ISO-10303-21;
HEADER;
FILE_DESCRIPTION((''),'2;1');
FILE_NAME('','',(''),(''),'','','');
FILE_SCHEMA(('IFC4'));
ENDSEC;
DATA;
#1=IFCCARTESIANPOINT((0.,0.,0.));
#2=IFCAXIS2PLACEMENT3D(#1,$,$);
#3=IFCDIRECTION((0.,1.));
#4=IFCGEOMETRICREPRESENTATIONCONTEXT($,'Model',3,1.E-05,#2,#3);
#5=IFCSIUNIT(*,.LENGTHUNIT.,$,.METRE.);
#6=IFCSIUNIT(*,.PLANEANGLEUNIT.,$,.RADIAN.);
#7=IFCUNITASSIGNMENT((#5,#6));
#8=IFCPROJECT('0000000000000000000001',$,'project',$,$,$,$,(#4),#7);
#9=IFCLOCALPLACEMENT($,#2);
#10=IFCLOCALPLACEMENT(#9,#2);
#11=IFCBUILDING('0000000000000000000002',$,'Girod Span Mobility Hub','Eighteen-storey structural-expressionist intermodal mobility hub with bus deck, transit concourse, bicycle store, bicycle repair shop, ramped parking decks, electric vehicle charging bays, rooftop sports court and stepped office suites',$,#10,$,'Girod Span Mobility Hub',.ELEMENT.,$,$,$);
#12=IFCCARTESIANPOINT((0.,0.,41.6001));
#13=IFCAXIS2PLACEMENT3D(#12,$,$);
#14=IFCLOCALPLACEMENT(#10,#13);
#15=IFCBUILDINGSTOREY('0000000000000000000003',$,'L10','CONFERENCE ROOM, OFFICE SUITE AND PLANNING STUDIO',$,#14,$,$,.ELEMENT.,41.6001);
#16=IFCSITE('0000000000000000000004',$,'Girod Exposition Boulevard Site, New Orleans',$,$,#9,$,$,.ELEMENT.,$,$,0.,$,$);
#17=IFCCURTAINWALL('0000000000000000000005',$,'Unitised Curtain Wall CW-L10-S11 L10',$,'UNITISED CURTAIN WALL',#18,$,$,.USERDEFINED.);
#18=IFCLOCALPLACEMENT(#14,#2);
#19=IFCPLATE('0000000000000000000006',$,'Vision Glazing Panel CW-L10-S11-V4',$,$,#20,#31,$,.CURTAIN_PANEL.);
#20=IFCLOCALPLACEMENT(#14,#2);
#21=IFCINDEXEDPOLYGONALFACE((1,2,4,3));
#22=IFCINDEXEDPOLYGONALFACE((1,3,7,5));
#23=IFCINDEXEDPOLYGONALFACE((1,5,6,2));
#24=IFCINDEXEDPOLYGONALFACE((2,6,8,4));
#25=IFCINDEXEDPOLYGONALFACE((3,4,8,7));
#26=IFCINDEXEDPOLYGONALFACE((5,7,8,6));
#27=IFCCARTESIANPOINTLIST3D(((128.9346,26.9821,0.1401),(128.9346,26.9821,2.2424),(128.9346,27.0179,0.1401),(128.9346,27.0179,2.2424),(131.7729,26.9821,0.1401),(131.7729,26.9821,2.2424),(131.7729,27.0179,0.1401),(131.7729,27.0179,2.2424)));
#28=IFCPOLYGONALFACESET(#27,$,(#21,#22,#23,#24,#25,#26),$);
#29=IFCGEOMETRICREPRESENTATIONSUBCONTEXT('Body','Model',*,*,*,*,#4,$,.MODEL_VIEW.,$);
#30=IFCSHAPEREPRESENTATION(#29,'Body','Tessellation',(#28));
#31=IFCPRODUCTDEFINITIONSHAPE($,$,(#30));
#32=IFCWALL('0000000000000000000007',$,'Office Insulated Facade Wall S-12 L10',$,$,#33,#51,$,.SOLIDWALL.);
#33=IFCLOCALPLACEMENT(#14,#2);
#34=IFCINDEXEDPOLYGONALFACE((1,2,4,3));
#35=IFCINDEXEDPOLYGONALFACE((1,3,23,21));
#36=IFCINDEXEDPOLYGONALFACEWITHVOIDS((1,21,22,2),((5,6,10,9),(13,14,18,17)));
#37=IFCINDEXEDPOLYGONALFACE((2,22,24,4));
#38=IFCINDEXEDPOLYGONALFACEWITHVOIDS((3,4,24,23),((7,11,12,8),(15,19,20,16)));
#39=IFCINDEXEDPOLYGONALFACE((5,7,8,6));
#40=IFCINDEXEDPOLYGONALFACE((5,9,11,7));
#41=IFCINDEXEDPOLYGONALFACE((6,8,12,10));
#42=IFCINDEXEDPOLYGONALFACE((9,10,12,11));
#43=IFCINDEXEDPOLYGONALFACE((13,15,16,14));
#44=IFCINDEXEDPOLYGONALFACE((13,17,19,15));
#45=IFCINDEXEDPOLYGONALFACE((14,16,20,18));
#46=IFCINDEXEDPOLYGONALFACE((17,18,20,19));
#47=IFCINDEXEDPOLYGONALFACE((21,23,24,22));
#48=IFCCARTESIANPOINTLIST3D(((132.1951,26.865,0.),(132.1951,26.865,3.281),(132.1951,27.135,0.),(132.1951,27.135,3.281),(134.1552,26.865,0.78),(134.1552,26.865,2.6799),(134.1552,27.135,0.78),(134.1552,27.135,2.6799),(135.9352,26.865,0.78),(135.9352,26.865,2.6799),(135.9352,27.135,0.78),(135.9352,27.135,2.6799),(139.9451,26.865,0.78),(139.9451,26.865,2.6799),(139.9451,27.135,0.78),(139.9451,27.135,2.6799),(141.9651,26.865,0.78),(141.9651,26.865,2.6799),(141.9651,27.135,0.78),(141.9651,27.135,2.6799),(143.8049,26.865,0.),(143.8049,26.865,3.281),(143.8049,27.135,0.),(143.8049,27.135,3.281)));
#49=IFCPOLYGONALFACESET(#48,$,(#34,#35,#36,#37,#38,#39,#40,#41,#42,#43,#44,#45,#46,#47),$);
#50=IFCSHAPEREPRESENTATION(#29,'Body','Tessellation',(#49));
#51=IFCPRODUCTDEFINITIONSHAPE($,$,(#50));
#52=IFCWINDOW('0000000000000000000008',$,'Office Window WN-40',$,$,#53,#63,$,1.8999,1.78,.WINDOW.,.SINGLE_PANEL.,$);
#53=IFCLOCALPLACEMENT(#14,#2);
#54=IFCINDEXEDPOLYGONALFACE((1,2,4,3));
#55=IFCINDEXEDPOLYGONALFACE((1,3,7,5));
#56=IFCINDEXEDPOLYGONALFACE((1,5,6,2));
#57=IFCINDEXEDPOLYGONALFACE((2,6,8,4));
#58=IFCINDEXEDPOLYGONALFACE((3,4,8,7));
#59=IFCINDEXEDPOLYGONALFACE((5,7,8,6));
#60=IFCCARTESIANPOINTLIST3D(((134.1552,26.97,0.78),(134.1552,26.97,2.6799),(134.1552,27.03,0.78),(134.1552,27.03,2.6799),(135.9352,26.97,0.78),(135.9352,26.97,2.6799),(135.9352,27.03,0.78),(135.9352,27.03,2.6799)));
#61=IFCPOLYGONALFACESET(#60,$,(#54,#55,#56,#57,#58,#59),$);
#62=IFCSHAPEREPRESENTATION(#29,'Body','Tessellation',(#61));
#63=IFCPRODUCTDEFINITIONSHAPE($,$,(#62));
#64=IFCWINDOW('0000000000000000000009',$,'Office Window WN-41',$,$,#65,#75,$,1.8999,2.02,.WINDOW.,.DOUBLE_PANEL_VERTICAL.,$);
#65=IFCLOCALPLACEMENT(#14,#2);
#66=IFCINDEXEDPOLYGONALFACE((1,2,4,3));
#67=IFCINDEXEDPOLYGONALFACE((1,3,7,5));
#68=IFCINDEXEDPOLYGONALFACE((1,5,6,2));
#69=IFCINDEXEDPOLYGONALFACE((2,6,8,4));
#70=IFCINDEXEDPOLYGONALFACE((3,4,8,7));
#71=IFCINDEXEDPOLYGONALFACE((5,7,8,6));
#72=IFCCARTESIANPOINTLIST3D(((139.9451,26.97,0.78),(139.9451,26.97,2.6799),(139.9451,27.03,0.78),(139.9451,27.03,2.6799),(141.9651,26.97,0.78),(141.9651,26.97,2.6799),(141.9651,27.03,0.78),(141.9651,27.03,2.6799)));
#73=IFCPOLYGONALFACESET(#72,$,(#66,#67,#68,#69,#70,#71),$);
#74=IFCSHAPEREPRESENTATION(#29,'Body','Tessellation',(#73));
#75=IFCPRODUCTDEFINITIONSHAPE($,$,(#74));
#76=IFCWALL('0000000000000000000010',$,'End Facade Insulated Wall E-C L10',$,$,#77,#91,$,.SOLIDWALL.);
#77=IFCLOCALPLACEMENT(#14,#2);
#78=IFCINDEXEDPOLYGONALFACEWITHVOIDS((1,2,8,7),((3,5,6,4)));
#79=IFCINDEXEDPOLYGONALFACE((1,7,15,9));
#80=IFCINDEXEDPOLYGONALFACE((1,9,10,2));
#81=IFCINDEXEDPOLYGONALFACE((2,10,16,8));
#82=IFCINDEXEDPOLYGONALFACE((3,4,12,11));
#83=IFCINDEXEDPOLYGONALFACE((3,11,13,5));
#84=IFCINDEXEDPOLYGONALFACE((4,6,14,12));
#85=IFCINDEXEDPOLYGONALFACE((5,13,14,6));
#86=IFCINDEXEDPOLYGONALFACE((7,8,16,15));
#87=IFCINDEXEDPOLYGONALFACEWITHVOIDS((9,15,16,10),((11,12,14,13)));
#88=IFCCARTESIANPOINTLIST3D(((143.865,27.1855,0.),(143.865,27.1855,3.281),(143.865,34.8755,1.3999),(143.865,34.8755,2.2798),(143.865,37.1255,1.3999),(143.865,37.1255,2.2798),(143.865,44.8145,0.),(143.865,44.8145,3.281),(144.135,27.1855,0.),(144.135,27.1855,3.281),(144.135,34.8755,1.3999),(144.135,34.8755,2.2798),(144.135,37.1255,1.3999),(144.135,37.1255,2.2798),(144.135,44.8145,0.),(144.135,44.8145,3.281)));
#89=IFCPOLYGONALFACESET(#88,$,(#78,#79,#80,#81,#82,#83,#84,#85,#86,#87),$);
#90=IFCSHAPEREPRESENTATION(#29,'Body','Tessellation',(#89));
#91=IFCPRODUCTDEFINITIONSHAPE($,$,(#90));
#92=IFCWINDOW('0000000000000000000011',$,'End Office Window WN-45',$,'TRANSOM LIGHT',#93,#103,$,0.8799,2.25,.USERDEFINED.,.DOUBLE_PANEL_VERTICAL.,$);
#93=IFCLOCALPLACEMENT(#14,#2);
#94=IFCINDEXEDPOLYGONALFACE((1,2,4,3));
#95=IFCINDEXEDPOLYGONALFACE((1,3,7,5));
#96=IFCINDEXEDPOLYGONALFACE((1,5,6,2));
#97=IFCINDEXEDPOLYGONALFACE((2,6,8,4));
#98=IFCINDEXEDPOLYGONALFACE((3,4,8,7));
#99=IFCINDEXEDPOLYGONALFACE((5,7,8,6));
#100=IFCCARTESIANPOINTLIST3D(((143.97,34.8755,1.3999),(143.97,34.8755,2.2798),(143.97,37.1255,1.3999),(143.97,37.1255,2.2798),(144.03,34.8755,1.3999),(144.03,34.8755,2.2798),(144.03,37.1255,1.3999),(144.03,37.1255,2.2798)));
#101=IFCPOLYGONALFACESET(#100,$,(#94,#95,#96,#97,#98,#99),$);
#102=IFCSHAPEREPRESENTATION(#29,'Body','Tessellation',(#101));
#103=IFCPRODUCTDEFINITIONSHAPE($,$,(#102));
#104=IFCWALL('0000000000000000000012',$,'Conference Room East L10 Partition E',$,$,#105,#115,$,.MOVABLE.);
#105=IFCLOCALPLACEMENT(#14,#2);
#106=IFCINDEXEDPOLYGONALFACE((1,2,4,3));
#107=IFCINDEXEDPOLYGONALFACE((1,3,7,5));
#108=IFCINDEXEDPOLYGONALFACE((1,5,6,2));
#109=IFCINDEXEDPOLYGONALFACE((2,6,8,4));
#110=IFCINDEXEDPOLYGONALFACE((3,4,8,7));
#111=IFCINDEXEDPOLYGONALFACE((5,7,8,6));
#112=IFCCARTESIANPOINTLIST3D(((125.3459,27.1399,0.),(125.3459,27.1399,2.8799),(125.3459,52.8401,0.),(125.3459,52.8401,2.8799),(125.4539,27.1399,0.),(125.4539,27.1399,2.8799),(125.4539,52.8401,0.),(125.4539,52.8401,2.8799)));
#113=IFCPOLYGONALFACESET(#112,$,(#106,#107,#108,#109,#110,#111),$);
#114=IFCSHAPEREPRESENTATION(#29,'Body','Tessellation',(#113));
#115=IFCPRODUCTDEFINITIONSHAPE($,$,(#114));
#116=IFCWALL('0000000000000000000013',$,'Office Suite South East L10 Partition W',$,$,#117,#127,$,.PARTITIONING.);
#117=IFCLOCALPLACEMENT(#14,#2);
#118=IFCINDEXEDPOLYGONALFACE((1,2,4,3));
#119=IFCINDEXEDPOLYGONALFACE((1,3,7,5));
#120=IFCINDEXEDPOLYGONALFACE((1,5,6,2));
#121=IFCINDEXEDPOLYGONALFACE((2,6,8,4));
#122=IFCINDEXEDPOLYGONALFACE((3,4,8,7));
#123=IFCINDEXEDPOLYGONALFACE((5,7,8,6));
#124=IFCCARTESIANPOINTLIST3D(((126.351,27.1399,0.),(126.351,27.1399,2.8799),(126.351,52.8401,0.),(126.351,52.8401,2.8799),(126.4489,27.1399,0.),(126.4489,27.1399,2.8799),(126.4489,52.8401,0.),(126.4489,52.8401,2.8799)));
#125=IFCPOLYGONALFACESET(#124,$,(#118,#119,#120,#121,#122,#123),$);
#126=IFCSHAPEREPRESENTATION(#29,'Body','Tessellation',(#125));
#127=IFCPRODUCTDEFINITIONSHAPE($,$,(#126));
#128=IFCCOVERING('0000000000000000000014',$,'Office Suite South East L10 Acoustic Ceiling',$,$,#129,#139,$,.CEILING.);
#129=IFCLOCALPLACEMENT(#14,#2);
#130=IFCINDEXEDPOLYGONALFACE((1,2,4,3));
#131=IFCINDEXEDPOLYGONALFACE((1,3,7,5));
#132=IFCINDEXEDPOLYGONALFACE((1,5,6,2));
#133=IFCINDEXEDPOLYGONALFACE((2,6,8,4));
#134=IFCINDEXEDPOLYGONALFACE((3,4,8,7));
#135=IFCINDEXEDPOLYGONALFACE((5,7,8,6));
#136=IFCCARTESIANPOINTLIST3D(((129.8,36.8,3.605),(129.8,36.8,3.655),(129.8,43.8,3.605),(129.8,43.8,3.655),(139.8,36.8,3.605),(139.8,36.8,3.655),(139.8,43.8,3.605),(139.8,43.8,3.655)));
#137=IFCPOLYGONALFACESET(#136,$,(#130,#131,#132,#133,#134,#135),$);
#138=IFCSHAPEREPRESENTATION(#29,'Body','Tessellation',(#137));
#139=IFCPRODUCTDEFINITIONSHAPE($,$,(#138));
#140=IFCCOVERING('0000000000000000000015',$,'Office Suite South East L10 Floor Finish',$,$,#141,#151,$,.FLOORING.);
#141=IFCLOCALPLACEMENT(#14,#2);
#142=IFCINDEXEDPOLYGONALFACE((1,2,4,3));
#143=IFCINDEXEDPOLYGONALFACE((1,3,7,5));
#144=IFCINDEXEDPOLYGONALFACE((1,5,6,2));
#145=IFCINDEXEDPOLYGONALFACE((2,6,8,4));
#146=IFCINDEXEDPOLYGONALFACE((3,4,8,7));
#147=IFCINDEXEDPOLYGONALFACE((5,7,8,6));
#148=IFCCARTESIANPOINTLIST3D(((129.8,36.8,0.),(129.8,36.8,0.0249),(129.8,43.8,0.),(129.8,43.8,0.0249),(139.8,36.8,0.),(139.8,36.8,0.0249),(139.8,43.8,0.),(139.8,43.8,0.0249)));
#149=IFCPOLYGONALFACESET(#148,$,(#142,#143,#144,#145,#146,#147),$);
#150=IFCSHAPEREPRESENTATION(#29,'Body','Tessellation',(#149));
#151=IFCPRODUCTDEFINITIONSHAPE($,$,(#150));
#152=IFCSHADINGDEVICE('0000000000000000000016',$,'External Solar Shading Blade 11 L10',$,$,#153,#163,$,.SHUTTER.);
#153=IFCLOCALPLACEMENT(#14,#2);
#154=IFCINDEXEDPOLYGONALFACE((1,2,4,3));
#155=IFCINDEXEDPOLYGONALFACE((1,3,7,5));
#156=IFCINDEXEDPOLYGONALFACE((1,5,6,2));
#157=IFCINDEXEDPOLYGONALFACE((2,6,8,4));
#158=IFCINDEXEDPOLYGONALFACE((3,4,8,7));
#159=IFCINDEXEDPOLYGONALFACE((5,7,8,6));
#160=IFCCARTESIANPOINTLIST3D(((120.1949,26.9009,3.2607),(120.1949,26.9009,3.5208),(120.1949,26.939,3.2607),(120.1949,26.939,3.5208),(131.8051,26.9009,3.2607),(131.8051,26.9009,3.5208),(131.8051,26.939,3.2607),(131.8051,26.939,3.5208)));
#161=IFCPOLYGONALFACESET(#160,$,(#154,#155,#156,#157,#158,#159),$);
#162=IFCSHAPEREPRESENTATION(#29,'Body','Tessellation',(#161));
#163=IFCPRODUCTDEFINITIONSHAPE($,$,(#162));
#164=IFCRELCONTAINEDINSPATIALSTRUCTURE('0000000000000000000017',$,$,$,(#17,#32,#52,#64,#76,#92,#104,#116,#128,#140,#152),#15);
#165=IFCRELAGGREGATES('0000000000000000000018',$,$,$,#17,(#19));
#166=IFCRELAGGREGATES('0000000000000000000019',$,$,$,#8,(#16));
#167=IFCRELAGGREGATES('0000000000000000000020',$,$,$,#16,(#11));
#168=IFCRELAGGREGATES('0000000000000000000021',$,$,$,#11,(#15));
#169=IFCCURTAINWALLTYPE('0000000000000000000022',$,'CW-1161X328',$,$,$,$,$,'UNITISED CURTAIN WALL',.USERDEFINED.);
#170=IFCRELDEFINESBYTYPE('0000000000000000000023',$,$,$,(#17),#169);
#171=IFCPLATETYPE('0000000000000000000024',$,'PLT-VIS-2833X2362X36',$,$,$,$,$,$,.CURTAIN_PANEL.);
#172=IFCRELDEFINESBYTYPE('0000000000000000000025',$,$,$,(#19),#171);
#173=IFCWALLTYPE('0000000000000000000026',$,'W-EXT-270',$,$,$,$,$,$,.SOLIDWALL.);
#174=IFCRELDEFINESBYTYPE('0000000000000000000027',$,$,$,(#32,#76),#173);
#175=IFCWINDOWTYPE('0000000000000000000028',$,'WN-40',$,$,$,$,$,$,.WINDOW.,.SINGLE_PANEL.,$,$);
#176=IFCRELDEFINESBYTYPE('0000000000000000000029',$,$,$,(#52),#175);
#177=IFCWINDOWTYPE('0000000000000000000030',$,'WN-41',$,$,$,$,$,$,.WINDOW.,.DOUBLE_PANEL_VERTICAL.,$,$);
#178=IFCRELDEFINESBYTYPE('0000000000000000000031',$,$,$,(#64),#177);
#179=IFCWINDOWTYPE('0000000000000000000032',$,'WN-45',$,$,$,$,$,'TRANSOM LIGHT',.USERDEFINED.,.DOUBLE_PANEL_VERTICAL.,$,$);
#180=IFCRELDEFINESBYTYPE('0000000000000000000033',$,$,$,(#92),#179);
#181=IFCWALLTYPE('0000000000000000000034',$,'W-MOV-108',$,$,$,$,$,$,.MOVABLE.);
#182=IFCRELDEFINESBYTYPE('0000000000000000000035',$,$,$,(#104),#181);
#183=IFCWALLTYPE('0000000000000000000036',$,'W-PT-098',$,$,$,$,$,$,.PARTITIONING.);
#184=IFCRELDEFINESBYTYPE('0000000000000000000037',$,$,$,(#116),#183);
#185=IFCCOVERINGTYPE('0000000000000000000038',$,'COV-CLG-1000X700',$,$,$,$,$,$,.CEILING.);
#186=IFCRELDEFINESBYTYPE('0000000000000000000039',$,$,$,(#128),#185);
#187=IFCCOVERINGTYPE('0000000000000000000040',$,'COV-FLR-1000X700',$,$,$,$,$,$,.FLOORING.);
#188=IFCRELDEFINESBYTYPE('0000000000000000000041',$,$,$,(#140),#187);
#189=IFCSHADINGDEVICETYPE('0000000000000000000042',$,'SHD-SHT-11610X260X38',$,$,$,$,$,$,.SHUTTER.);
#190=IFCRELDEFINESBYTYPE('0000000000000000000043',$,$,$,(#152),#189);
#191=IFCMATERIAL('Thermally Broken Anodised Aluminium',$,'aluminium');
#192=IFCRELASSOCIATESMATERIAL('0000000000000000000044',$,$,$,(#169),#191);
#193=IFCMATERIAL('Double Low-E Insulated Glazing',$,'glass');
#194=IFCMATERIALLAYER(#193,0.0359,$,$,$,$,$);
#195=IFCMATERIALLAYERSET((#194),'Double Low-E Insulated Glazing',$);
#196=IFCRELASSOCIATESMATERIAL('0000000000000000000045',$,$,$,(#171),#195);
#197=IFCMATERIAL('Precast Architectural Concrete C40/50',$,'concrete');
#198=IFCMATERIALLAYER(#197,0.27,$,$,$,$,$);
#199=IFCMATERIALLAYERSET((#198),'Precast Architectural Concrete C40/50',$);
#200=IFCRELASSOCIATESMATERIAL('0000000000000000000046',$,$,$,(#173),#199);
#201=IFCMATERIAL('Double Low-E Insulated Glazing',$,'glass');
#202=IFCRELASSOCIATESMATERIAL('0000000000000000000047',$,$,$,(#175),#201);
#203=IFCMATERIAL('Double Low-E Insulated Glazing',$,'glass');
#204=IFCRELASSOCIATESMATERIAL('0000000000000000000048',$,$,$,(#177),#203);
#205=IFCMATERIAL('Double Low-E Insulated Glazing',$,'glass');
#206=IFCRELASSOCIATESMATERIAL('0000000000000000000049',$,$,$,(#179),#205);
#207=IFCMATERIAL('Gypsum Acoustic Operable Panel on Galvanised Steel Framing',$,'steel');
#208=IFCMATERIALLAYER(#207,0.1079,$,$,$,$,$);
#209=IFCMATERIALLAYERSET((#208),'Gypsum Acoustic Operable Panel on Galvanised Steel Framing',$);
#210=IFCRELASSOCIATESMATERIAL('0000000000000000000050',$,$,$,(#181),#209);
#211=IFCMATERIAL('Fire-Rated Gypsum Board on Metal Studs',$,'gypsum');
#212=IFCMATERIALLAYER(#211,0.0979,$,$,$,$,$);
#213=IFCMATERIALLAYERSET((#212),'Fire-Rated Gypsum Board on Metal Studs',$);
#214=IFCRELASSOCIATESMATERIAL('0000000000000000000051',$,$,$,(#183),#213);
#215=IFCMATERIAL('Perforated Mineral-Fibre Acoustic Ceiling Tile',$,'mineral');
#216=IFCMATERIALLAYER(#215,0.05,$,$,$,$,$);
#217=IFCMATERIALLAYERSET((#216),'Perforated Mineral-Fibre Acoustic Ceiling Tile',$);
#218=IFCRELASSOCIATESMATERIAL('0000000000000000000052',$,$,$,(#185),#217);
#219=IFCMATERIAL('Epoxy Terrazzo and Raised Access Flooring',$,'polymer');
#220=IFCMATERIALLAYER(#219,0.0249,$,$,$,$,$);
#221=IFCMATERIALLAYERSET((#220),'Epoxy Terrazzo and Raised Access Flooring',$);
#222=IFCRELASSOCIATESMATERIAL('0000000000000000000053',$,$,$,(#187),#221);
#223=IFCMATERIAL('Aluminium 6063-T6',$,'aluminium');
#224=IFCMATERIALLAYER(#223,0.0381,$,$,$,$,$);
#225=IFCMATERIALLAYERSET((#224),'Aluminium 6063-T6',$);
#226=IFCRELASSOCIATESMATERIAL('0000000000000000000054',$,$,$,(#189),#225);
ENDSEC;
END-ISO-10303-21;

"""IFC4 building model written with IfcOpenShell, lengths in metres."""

from ifc_helpers import new_model, si_unit, direction, frame, frame_2d, origin, origin_2d, place, context, subcontext, project, spatial, rectangle, extrude, material, layer, layer_set, type_object, element, fill, aggregate, save


model = new_model("IFC4")

# Units and contexts
model_context = context("Model", 3, precision=1e-05, world=origin(), true_north=direction((0.0, 1.0)))
body_context = subcontext(model_context, "Body", "Model", "MODEL_VIEW")
ifc_project = project(units=[si_unit("LENGTHUNIT", "METRE"), si_unit("PLANEANGLEUNIT", "RADIAN")], contexts=[model_context])

# Site, building, storey
site_placement = place(None, origin())
site = spatial("IfcSite", under=ifc_project, at=site_placement, Name="Girod Exposition Boulevard Site, New Orleans", CompositionType="ELEMENT", RefElevation=0.0)
building_placement = place(site_placement, origin())
building = spatial("IfcBuilding", under=site, at=building_placement, Name="Girod Span Mobility Hub", Description="Eighteen-storey structural-expressionist intermodal mobility hub with bus deck, transit concourse, bicycle store, bicycle repair shop, ramped parking decks, electric vehicle charging bays, rooftop sports court and stepped office suites", LongName="Girod Span Mobility Hub", CompositionType="ELEMENT")
storey_placement = place(building_placement, frame((0.0, 0.0, 41.6001)))
storey = spatial("IfcBuildingStorey", under=building, at=storey_placement, Name="L10", Description="CONFERENCE ROOM, OFFICE SUITE AND PLANNING STUDIO", CompositionType="ELEMENT", Elevation=41.6001)

# Curtain wall
ifc_material_1 = material(Name="Thermally Broken Anodised Aluminium", Category="aluminium")
curtain_wall_type = type_object("IfcCurtainWallType", Name="CW-1161X328", ElementType="UNITISED CURTAIN WALL", PredefinedType="USERDEFINED", material=ifc_material_1)
curtain_wall_placement = place(storey_placement, origin())
curtain_wall = element("IfcCurtainWall", 1, at=curtain_wall_placement, inside=storey, type_object=curtain_wall_type, Name="Unitised Curtain Wall CW-L10-S11 L10", ObjectType="UNITISED CURTAIN WALL", PredefinedType="USERDEFINED")

# Plate
ifc_material_2 = material(Name="Double Low-E Insulated Glazing", Category="glass")
ifc_layer_1 = layer(ifc_material_2, 0.0359)
ifc_layer_set_1 = layer_set([ifc_layer_1], Name="Double Low-E Insulated Glazing")
plate_type = type_object("IfcPlateType", Name="PLT-VIS-2833X2362X36", PredefinedType="CURTAIN_PANEL", material=ifc_layer_set_1)
plate_1_placement = place(storey_placement, frame((130.3538, 27.0, 0.1401), z_axis=(0.0, 0.0, 1.0), x_axis=(1.0, 0.0, 0.0)))
plate_1 = element("IfcPlate", 2, at=plate_1_placement, type_object=plate_type, Name="Vision Glazing Panel CW-L10-S11-V4", PredefinedType="CURTAIN_PANEL", context=body_context, shape_type="SweptSolid", body=[
    extrude(rectangle(XDim=2.8384, YDim=0.0359, at=origin_2d()), origin(), (0.0, 0.0, 1.0), 2.1023),
])
aggregate(curtain_wall, [plate_1])

# Wall, openings, windows
ifc_material_3 = material(Name="Precast Architectural Concrete C40/50", Category="concrete")
ifc_layer_2 = layer(ifc_material_3, 0.27)
ifc_layer_set_2 = layer_set([ifc_layer_2], Name="Precast Architectural Concrete C40/50")
wall_type_1 = type_object("IfcWallType", Name="W-EXT-270", PredefinedType="SOLIDWALL", material=ifc_layer_set_2)
wall_1_placement = place(storey_placement, frame((132.1951, 27.0, 0.0), z_axis=(0.0, 0.0, 1.0), x_axis=(1.0, 0.0, 0.0)))
wall_1 = element("IfcWall", 3, at=wall_1_placement, inside=storey, type_object=wall_type_1, Name="Office Insulated Facade Wall S-12 L10", PredefinedType="SOLIDWALL", context=body_context, shape_type="SweptSolid", body=[
    extrude(rectangle(XDim=11.6099, YDim=0.27, at=frame_2d((5.8049, 0.0))), origin(), (0.0, 0.0, 1.0), 3.281),
])
opening_1_placement = place(wall_1_placement, frame((1.96, 0.0, 0.78)))
opening_1 = element("IfcOpeningElement", 4, at=opening_1_placement, cuts=wall_1, PredefinedType="OPENING", context=body_context, shape_type="SweptSolid", body=[
    extrude(rectangle(XDim=1.78, YDim=1.8999, at=frame_2d((0.8901, 0.95))), frame((0.0, 0.1499, 0.0), z_axis=(0.0, -1.0, 0.0), x_axis=(1.0, 0.0, 0.0)), (0.0, 0.0, 1.0), 0.3),
])
opening_2_placement = place(wall_1_placement, frame((7.75, 0.0, 0.78)))
opening_2 = element("IfcOpeningElement", 5, at=opening_2_placement, cuts=wall_1, PredefinedType="OPENING", context=body_context, shape_type="SweptSolid", body=[
    extrude(rectangle(XDim=2.02, YDim=1.8999, at=frame_2d((1.01, 0.95))), frame((0.0, 0.1499, 0.0), z_axis=(0.0, -1.0, 0.0), x_axis=(1.0, 0.0, 0.0)), (0.0, 0.0, 1.0), 0.3),
])
ifc_material_4 = material(Name="Double Low-E Insulated Glazing", Category="glass")
window_type_1 = type_object("IfcWindowType", Name="WN-40", PartitioningType="SINGLE_PANEL", PredefinedType="WINDOW", material=ifc_material_4)
window_1_placement = place(opening_1_placement, origin())
window_1 = element("IfcWindow", 6, at=window_1_placement, inside=storey, type_object=window_type_1, Name="Office Window WN-40", OverallHeight=1.8999, OverallWidth=1.78, PartitioningType="SINGLE_PANEL", PredefinedType="WINDOW", context=body_context, shape_type="SweptSolid", body=[
    extrude(rectangle(XDim=1.78, YDim=1.8999, at=frame_2d((0.8901, 0.95))), frame((0.0, 0.03, 0.0), z_axis=(0.0, -1.0, 0.0), x_axis=(1.0, 0.0, 0.0)), (0.0, 0.0, 1.0), 0.0601),
])
fill(opening_1, window_1)
ifc_material_5 = material(Name="Double Low-E Insulated Glazing", Category="glass")
window_type_2 = type_object("IfcWindowType", Name="WN-41", PartitioningType="DOUBLE_PANEL_VERTICAL", PredefinedType="WINDOW", material=ifc_material_5)
window_2_placement = place(opening_2_placement, origin())
window_2 = element("IfcWindow", 7, at=window_2_placement, inside=storey, type_object=window_type_2, Name="Office Window WN-41", OverallHeight=1.8999, OverallWidth=2.02, PartitioningType="DOUBLE_PANEL_VERTICAL", PredefinedType="WINDOW", context=body_context, shape_type="SweptSolid", body=[
    extrude(rectangle(XDim=2.02, YDim=1.8999, at=frame_2d((1.01, 0.95))), frame((0.0, 0.03, 0.0), z_axis=(0.0, -1.0, 0.0), x_axis=(1.0, 0.0, 0.0)), (0.0, 0.0, 1.0), 0.0601),
])
fill(opening_2, window_2)

# Wall, opening, window
wall_2_placement = place(storey_placement, frame((144.0, 27.1855, 0.0), z_axis=(0.0, 0.0, 1.0), x_axis=(0.0, 1.0, 0.0)))
wall_2 = element("IfcWall", 8, at=wall_2_placement, inside=storey, type_object=wall_type_1, Name="End Facade Insulated Wall E-C L10", PredefinedType="SOLIDWALL", context=body_context, shape_type="SweptSolid", body=[
    extrude(rectangle(XDim=17.6289, YDim=0.27, at=frame_2d((8.8145, 0.0))), origin(), (0.0, 0.0, 1.0), 3.281),
])
opening_3_placement = place(wall_2_placement, frame((7.6899, 0.0, 1.3999)))
opening_3 = element("IfcOpeningElement", 9, at=opening_3_placement, cuts=wall_2, PredefinedType="OPENING", context=body_context, shape_type="SweptSolid", body=[
    extrude(rectangle(XDim=2.25, YDim=0.8799, at=frame_2d((1.125, 0.4399))), frame((0.0, 0.1499, 0.0), z_axis=(0.0, -1.0, 0.0), x_axis=(1.0, 0.0, 0.0)), (0.0, 0.0, 1.0), 0.3),
])
ifc_material_6 = material(Name="Double Low-E Insulated Glazing", Category="glass")
window_type_3 = type_object("IfcWindowType", Name="WN-45", ElementType="TRANSOM LIGHT", PartitioningType="DOUBLE_PANEL_VERTICAL", PredefinedType="USERDEFINED", material=ifc_material_6)
window_3_placement = place(opening_3_placement, origin())
window_3 = element("IfcWindow", 10, at=window_3_placement, inside=storey, type_object=window_type_3, Name="End Office Window WN-45", ObjectType="TRANSOM LIGHT", OverallHeight=0.8799, OverallWidth=2.25, PartitioningType="DOUBLE_PANEL_VERTICAL", PredefinedType="USERDEFINED", context=body_context, shape_type="SweptSolid", body=[
    extrude(rectangle(XDim=2.25, YDim=0.8799, at=frame_2d((1.125, 0.4399))), frame((0.0, 0.03, 0.0), z_axis=(0.0, -1.0, 0.0), x_axis=(1.0, 0.0, 0.0)), (0.0, 0.0, 1.0), 0.0601),
])
fill(opening_3, window_3)

# Walls
ifc_material_7 = material(Name="Gypsum Acoustic Operable Panel on Galvanised Steel Framing", Category="steel")
ifc_layer_3 = layer(ifc_material_7, 0.1079)
ifc_layer_set_3 = layer_set([ifc_layer_3], Name="Gypsum Acoustic Operable Panel on Galvanised Steel Framing")
wall_type_2 = type_object("IfcWallType", Name="W-MOV-108", PredefinedType="MOVABLE", material=ifc_layer_set_3)
wall_3_placement = place(storey_placement, frame((125.3999, 27.1399, 0.0), z_axis=(0.0, 0.0, 1.0), x_axis=(0.0, 1.0, 0.0)))
element("IfcWall", 11, at=wall_3_placement, inside=storey, type_object=wall_type_2, Name="Conference Room East L10 Partition E", PredefinedType="MOVABLE", context=body_context, shape_type="SweptSolid", body=[
    extrude(rectangle(XDim=25.7002, YDim=0.1079, at=frame_2d((12.8501, 0.0))), origin(), (0.0, 0.0, 1.0), 2.8799),
])
ifc_material_8 = material(Name="Fire-Rated Gypsum Board on Metal Studs", Category="gypsum")
ifc_layer_4 = layer(ifc_material_8, 0.0979)
ifc_layer_set_4 = layer_set([ifc_layer_4], Name="Fire-Rated Gypsum Board on Metal Studs")
wall_type_3 = type_object("IfcWallType", Name="W-PT-098", PredefinedType="PARTITIONING", material=ifc_layer_set_4)
wall_4_placement = place(storey_placement, frame((126.3999, 27.1399, 0.0), z_axis=(0.0, 0.0, 1.0), x_axis=(0.0, 1.0, 0.0)))
element("IfcWall", 12, at=wall_4_placement, inside=storey, type_object=wall_type_3, Name="Office Suite South East L10 Partition W", PredefinedType="PARTITIONING", context=body_context, shape_type="SweptSolid", body=[
    extrude(rectangle(XDim=25.7002, YDim=0.0979, at=frame_2d((12.8501, 0.0))), origin(), (0.0, 0.0, 1.0), 2.8799),
])

# Coverings
ifc_material_9 = material(Name="Perforated Mineral-Fibre Acoustic Ceiling Tile", Category="mineral")
ifc_layer_5 = layer(ifc_material_9, 0.05)
ifc_layer_set_5 = layer_set([ifc_layer_5], Name="Perforated Mineral-Fibre Acoustic Ceiling Tile")
covering_type_1 = type_object("IfcCoveringType", Name="COV-CLG-1000X700", PredefinedType="CEILING", material=ifc_layer_set_5)
covering_1_placement = place(storey_placement, frame((134.8, 40.3, 3.605), z_axis=(0.0, 0.0, 1.0), x_axis=(1.0, 0.0, 0.0)))
element("IfcCovering", 13, at=covering_1_placement, inside=storey, type_object=covering_type_1, Name="Office Suite South East L10 Acoustic Ceiling", PredefinedType="CEILING", context=body_context, shape_type="SweptSolid", body=[
    extrude(rectangle(XDim=10.0, YDim=7.0, at=origin_2d()), origin(), (0.0, 0.0, 1.0), 0.05),
])
ifc_material_10 = material(Name="Epoxy Terrazzo and Raised Access Flooring", Category="polymer")
ifc_layer_6 = layer(ifc_material_10, 0.0249)
ifc_layer_set_6 = layer_set([ifc_layer_6], Name="Epoxy Terrazzo and Raised Access Flooring")
covering_type_2 = type_object("IfcCoveringType", Name="COV-FLR-1000X700", PredefinedType="FLOORING", material=ifc_layer_set_6)
covering_2_placement = place(storey_placement, frame((134.8, 40.3, 0.0), z_axis=(0.0, 0.0, 1.0), x_axis=(1.0, 0.0, 0.0)))
element("IfcCovering", 14, at=covering_2_placement, inside=storey, type_object=covering_type_2, Name="Office Suite South East L10 Floor Finish", PredefinedType="FLOORING", context=body_context, shape_type="SweptSolid", body=[
    extrude(rectangle(XDim=10.0, YDim=7.0, at=origin_2d()), origin(), (0.0, 0.0, 1.0), 0.0249),
])

# Shading device
ifc_material_11 = material(Name="Aluminium 6063-T6", Category="aluminium")
ifc_layer_7 = layer(ifc_material_11, 0.0381)
ifc_layer_set_7 = layer_set([ifc_layer_7], Name="Aluminium 6063-T6")
shading_device_type = type_object("IfcShadingDeviceType", Name="SHD-SHT-11610X260X38", PredefinedType="SHUTTER", material=ifc_layer_set_7)
for number, where, z_axis, x_axis, name in (
    (15, (126.0, 26.9199, 3.2607), (0.0, 0.0, 1.0), (1.0, 0.0, 0.0), "External Solar Shading Blade 11 L10"),
):
    element("IfcShadingDevice", number, at=place(storey_placement, frame(where, z_axis=z_axis, x_axis=x_axis)), inside=storey, type_object=shading_device_type, Name=name, PredefinedType="SHUTTER", context=body_context, shape_type="SweptSolid", body=[
        extrude(rectangle(XDim=11.6101, YDim=0.0381, at=origin_2d()), origin(), (0.0, 0.0, 1.0), 0.26),
    ])

save(model, "model.ifc")
